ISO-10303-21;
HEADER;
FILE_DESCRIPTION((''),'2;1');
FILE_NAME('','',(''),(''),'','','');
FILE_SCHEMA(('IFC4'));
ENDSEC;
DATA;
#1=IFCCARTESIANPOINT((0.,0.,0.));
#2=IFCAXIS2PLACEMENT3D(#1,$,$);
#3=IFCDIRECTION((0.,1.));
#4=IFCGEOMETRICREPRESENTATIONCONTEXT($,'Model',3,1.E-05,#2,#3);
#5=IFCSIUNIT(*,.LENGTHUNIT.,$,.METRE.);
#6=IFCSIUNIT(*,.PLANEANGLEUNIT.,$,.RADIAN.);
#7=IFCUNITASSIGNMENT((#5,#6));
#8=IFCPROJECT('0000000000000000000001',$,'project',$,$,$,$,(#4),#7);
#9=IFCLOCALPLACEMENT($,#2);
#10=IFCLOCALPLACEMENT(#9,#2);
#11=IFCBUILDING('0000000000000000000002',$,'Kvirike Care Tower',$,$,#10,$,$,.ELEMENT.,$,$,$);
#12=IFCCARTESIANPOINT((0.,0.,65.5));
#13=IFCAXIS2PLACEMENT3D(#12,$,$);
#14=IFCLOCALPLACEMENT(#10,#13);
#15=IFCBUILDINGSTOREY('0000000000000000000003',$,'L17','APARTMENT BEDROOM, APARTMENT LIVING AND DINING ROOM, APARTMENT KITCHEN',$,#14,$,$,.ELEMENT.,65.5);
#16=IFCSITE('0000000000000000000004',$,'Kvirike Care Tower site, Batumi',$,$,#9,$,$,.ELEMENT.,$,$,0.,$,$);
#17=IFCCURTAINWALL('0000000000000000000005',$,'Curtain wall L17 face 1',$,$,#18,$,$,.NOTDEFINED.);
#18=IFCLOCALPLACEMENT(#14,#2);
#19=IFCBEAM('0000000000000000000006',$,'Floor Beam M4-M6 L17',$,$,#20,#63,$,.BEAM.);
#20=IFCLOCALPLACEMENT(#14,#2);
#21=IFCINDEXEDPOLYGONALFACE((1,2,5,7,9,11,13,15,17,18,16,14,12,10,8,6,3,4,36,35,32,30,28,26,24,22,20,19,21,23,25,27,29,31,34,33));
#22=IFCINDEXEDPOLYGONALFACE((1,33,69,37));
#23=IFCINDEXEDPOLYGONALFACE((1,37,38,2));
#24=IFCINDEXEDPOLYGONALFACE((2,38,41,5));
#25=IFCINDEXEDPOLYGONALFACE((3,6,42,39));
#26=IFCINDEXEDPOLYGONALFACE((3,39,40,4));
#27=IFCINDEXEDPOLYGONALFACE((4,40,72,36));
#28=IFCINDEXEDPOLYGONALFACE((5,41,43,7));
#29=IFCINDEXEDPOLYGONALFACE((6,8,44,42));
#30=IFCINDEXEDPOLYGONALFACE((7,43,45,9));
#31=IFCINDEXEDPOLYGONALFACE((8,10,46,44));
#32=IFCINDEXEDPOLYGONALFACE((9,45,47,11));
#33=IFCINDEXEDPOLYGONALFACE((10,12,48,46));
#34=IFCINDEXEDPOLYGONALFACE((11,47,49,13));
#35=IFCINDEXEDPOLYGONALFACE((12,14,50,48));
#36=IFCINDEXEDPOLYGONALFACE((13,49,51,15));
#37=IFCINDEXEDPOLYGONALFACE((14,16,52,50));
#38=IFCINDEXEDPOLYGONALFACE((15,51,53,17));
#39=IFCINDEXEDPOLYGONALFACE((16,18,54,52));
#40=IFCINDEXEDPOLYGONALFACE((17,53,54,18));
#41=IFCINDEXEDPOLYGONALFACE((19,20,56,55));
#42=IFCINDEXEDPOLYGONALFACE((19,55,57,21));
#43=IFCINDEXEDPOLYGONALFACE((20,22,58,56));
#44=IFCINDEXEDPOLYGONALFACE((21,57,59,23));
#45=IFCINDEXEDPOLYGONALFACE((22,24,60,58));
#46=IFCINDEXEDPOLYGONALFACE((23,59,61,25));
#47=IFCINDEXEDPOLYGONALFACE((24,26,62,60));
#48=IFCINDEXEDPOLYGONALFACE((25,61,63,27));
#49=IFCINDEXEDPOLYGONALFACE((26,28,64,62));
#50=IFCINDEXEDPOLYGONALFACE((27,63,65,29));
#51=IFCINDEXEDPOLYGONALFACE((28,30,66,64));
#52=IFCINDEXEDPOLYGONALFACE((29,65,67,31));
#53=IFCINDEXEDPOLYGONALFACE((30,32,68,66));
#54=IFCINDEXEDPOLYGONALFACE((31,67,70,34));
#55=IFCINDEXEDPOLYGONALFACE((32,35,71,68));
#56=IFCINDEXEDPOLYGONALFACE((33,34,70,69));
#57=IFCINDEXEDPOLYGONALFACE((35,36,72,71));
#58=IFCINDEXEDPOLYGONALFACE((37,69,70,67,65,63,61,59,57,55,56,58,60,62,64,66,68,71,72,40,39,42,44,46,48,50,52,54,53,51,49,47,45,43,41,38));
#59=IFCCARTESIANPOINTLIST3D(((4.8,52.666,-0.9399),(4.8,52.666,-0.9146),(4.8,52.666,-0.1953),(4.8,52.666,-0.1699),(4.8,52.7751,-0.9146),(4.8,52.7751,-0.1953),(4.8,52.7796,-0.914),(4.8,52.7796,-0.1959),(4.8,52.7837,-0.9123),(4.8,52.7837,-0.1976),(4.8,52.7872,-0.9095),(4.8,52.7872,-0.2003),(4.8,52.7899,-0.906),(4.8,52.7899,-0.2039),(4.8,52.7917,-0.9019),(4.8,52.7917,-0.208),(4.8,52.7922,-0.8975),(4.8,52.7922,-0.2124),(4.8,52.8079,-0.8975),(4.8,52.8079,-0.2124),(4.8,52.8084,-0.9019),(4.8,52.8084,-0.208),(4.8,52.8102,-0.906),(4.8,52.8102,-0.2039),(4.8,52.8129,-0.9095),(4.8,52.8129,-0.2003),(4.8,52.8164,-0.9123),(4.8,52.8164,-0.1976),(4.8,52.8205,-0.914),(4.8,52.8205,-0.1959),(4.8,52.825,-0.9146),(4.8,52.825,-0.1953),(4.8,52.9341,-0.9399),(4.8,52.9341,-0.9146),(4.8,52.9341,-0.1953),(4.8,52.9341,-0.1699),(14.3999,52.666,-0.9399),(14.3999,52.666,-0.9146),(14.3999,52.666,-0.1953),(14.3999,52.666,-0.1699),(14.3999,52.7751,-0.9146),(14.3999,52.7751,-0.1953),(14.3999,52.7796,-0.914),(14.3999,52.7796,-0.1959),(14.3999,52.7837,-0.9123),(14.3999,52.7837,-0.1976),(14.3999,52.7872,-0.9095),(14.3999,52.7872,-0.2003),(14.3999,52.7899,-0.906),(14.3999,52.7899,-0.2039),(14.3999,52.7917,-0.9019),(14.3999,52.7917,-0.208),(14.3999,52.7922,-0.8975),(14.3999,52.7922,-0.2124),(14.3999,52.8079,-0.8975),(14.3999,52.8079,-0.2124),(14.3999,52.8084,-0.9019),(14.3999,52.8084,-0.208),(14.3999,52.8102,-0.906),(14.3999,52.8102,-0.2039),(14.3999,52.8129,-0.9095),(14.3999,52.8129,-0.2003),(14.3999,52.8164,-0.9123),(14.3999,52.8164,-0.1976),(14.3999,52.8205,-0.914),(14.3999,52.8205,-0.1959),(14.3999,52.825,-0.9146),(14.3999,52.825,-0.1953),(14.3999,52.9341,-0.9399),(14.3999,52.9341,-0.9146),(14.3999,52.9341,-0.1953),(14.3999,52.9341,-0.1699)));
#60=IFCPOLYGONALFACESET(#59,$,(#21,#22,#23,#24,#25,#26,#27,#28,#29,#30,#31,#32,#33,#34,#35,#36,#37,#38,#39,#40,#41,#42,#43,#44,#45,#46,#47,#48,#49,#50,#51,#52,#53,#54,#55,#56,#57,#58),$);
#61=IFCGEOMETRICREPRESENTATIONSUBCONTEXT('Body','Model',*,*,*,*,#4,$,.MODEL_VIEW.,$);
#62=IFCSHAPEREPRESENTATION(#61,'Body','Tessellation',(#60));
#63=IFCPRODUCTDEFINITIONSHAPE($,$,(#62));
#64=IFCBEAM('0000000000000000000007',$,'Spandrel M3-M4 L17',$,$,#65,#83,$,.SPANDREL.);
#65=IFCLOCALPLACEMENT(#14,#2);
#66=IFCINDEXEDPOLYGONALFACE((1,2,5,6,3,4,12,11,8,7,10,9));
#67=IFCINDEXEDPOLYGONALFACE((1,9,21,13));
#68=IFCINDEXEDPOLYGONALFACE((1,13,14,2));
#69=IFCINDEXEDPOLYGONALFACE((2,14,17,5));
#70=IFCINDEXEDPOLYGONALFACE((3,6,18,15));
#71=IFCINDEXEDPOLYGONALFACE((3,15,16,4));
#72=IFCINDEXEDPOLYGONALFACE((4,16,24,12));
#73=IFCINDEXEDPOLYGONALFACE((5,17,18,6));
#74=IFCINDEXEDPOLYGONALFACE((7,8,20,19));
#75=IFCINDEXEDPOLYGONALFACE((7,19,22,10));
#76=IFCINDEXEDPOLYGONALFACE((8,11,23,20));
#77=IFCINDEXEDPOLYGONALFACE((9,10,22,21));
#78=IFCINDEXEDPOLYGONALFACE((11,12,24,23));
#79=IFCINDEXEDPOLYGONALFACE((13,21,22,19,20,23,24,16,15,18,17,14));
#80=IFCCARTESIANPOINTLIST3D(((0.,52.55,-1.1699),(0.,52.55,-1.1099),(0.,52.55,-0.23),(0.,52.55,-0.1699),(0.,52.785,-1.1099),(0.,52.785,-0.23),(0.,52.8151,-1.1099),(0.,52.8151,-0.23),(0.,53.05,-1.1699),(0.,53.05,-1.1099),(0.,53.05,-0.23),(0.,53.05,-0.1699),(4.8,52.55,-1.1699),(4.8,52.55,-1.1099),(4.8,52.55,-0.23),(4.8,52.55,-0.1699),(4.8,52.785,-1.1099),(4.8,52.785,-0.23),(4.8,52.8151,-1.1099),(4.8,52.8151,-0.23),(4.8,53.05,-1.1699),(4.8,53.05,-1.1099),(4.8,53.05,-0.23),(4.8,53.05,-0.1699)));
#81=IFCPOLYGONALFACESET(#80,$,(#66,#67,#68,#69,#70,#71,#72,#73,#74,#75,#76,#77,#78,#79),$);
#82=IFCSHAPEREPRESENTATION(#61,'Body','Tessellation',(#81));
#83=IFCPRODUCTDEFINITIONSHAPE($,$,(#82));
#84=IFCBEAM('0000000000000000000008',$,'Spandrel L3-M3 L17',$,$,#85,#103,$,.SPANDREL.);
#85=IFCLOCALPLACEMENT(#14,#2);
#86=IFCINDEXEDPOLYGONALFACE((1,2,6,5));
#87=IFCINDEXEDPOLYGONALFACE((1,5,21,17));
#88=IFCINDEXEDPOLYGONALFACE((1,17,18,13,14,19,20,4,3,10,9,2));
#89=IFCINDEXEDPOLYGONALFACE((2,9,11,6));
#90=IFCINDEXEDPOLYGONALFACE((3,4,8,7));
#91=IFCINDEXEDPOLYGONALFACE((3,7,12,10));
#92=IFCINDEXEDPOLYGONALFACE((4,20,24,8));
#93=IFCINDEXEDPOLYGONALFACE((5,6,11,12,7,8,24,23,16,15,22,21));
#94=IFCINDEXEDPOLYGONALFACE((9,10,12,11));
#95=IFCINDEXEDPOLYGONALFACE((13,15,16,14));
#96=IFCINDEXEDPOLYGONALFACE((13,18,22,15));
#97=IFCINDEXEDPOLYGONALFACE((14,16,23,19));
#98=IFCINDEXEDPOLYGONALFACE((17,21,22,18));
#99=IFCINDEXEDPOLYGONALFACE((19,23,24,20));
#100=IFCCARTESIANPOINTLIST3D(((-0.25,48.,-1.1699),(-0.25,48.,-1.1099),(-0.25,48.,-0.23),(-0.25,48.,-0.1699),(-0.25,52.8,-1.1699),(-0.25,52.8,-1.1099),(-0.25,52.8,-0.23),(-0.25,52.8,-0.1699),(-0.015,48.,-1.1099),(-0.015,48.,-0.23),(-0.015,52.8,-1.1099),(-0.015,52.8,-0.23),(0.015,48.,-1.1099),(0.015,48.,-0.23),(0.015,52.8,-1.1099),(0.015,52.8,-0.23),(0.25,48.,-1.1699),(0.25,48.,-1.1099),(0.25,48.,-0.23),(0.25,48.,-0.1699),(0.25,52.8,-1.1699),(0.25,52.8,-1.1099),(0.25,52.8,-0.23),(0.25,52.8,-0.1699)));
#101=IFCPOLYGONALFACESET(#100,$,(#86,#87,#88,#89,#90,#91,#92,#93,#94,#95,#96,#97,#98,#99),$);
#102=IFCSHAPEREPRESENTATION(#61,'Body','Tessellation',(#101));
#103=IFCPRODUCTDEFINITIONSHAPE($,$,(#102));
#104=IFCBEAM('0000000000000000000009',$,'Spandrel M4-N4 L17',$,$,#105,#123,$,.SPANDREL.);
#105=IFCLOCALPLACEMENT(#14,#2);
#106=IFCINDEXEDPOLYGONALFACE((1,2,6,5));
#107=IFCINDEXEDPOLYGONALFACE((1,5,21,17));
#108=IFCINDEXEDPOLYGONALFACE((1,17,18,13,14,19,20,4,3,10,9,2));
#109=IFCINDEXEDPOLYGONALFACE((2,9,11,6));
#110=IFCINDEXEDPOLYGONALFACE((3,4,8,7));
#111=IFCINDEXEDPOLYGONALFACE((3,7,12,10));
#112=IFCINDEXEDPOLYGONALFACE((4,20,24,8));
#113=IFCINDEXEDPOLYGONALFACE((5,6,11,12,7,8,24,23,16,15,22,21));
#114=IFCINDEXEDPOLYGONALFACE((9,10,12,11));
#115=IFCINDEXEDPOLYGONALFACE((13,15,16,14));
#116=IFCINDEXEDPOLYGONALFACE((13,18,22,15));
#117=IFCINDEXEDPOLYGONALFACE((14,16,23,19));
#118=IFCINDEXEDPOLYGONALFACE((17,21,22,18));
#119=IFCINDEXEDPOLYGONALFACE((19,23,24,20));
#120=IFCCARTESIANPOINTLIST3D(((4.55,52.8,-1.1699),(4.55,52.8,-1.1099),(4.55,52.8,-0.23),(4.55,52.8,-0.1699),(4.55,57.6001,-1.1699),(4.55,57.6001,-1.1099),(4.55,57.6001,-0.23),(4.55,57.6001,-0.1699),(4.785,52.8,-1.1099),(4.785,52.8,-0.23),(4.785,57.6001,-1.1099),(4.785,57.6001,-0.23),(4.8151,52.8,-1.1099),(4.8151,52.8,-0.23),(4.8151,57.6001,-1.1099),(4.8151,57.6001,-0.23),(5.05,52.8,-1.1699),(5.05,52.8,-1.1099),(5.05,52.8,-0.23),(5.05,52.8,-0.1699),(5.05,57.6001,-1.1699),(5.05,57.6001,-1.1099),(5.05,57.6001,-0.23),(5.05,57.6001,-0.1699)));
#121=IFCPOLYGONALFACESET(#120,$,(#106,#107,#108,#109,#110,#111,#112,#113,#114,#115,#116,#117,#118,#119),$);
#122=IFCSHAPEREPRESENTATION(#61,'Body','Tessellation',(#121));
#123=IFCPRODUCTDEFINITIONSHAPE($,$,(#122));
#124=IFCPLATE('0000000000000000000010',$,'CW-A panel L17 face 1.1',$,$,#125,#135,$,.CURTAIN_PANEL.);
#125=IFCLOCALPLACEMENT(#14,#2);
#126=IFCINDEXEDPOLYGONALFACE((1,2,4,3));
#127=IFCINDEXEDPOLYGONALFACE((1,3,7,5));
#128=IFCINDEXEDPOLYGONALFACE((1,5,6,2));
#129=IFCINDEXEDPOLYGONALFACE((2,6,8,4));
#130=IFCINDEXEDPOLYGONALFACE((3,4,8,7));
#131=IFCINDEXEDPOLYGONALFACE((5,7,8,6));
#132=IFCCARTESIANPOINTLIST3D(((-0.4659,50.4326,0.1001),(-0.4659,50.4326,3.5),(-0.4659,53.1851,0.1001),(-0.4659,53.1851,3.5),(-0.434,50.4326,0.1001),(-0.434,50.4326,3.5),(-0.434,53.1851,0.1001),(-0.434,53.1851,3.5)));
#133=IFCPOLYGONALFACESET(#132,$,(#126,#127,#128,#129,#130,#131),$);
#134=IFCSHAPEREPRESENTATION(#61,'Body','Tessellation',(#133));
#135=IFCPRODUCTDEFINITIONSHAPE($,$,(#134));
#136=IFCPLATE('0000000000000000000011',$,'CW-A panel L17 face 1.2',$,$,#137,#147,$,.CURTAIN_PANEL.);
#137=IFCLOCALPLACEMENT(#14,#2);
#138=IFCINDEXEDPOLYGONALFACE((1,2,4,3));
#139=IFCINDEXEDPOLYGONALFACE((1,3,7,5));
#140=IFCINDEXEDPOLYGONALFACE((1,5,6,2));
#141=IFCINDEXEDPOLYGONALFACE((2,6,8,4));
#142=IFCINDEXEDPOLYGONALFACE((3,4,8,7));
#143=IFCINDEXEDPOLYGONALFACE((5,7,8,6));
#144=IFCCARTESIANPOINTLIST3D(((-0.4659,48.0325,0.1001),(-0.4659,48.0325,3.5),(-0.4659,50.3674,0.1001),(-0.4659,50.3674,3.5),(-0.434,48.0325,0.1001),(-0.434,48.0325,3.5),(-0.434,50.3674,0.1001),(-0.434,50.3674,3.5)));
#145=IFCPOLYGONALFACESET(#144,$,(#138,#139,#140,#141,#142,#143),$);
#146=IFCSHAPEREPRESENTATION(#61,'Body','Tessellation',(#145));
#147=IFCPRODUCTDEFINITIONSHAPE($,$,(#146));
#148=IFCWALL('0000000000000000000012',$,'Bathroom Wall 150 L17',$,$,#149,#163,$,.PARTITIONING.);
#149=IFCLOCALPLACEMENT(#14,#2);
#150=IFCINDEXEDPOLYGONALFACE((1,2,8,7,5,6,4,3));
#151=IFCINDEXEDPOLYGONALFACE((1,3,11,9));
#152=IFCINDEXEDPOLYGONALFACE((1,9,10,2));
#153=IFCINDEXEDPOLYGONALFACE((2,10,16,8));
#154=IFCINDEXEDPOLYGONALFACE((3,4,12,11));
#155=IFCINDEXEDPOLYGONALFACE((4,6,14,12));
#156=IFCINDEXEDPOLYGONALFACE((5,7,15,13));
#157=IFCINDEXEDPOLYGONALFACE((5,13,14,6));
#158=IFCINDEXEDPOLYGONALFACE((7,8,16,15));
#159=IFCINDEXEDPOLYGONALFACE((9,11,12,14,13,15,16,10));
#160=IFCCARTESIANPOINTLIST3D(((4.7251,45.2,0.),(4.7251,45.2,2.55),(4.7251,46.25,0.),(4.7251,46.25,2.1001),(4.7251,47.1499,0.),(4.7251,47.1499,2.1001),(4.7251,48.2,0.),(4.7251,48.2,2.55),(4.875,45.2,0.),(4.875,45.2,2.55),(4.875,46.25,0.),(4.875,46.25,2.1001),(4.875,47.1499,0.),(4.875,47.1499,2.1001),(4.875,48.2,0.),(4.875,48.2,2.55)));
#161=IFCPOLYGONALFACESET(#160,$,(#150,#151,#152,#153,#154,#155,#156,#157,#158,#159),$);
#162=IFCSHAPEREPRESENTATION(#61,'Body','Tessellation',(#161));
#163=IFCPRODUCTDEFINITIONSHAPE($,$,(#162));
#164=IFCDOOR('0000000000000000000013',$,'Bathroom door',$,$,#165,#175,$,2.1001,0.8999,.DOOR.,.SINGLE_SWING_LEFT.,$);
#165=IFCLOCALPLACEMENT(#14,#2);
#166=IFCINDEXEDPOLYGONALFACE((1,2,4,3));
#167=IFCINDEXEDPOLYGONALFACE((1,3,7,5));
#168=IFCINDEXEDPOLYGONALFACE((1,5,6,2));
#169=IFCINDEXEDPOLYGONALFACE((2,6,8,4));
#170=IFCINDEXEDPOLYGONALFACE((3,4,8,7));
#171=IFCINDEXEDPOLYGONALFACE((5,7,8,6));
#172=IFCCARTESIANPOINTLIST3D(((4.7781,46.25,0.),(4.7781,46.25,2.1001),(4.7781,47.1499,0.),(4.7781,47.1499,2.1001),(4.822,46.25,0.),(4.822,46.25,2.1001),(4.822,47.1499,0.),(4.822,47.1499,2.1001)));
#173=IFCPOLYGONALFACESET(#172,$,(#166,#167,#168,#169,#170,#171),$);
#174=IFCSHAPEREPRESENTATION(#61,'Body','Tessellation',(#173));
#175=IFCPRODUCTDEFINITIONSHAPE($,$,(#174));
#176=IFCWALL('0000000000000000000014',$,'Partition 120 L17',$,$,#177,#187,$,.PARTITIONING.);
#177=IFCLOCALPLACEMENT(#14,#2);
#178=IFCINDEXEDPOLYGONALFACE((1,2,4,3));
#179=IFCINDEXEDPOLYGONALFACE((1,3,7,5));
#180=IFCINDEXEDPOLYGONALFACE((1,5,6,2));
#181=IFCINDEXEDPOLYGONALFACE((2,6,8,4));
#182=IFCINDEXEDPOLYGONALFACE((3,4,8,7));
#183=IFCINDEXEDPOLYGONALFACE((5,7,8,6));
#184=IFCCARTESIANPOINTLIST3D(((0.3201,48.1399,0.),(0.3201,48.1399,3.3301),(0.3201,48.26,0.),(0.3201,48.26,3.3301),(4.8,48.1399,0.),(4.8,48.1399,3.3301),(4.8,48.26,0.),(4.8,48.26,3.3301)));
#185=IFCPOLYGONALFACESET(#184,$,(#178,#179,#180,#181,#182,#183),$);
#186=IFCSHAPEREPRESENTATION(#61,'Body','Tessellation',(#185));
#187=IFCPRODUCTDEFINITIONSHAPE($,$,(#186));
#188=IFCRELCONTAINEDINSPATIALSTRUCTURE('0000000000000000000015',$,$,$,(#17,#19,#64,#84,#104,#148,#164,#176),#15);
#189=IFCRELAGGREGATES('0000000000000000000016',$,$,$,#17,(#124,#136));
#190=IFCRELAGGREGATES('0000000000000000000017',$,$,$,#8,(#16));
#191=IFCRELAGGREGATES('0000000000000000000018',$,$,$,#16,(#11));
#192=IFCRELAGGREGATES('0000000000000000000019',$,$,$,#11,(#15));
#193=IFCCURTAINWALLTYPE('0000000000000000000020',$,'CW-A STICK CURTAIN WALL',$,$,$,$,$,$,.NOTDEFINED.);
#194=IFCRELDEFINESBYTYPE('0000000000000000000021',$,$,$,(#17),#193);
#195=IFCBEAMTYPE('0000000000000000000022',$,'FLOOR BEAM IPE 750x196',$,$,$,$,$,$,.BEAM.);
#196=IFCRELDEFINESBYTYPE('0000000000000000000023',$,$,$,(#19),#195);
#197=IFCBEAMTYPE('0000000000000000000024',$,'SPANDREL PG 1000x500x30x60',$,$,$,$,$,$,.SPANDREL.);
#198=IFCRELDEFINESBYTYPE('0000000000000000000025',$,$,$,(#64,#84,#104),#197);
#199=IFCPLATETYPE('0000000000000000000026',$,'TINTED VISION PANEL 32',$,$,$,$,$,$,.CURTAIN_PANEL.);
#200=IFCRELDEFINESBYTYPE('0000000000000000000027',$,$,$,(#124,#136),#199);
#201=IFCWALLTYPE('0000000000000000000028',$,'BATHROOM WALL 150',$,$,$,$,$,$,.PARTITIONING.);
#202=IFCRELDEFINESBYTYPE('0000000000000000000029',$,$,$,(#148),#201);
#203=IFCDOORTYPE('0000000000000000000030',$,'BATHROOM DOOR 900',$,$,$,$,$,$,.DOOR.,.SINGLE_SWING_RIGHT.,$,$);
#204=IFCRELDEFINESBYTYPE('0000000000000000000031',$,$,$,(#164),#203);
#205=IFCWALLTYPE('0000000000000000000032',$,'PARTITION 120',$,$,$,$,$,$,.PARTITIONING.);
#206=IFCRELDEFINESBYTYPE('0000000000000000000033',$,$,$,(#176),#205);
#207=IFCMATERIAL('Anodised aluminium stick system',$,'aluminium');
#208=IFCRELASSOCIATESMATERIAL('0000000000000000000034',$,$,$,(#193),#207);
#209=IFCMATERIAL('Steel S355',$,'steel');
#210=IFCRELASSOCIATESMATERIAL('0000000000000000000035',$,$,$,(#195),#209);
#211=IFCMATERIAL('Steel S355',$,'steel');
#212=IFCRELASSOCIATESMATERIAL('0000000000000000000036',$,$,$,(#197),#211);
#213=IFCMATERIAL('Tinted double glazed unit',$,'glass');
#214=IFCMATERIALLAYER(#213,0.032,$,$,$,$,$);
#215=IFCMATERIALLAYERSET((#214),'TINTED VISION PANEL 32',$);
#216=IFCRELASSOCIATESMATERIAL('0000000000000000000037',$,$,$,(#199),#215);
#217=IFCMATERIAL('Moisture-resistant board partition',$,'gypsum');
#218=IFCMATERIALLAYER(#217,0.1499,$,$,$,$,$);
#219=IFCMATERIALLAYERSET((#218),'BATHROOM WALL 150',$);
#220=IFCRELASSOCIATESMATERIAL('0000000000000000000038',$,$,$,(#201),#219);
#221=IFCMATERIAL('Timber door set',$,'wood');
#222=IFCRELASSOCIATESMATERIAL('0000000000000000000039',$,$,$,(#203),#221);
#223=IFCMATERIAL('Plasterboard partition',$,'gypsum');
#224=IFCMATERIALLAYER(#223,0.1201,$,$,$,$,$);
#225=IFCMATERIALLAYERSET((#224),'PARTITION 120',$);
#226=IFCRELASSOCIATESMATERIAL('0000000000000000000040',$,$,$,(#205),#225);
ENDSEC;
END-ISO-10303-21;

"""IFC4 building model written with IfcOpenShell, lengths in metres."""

from ifc_helpers import new_model, si_unit, direction, frame, frame_2d, origin, origin_2d, place, context, subcontext, project, spatial, rectangle, i_section, extrude, material, layer, layer_set, material_profile, profile_set, type_object, element, fill, aggregate, save


model = new_model("IFC4")

# Units and contexts
model_context = context("Model", 3, precision=1e-05, world=origin(), true_north=direction((0.0, 1.0)))
body_context = subcontext(model_context, "Body", "Model", "MODEL_VIEW")
ifc_project = project(units=[si_unit("LENGTHUNIT", "METRE"), si_unit("PLANEANGLEUNIT", "RADIAN")], contexts=[model_context])

# Site, building, storey
site_placement = place(None, origin())
site = spatial("IfcSite", under=ifc_project, at=site_placement, Name="Kvirike Care Tower site, Batumi", CompositionType="ELEMENT", RefElevation=0.0)
building_placement = place(site_placement, origin())
building = spatial("IfcBuilding", under=site, at=building_placement, Name="Kvirike Care Tower", CompositionType="ELEMENT")
storey_placement = place(building_placement, frame((0.0, 0.0, 65.5)))
storey = spatial("IfcBuildingStorey", under=building, at=storey_placement, Name="L17", Description="APARTMENT BEDROOM, APARTMENT LIVING AND DINING ROOM, APARTMENT KITCHEN", CompositionType="ELEMENT", Elevation=65.5)

# Curtain wall
ifc_material_1 = material(Name="Anodised aluminium stick system", Category="aluminium")
curtain_wall_type = type_object("IfcCurtainWallType", Name="CW-A STICK CURTAIN WALL", PredefinedType="NOTDEFINED", material=ifc_material_1)
curtain_wall_placement = place(storey_placement, origin())
curtain_wall = element("IfcCurtainWall", 1, at=curtain_wall_placement, inside=storey, type_object=curtain_wall_type, Name="Curtain wall L17 face 1", PredefinedType="NOTDEFINED")

# Beams
ifc_material_2 = material(Name="Steel S355", Category="steel")
ifc_material_profile_1 = material_profile(ifc_material_2, i_section(OverallWidth=0.2681, OverallDepth=0.77, WebThickness=0.0156, FlangeThickness=0.0254, FilletRadius=0.0171, at=origin_2d()), Name="IPE 750x196")
ifc_profile_set_1 = profile_set([ifc_material_profile_1], Name="Steel S355")
beam_type_1 = type_object("IfcBeamType", Name="FLOOR BEAM IPE 750x196", PredefinedType="BEAM", material=ifc_profile_set_1)
beam_1_placement = place(storey_placement, frame((4.8, 52.8, -0.5549), z_axis=(1.0, 0.0, 0.0), x_axis=(0.0, 1.0, 0.0)))
element("IfcBeam", 2, at=beam_1_placement, inside=storey, type_object=beam_type_1, Name="Floor Beam M4-M6 L17", PredefinedType="BEAM", context=body_context, shape_type="SweptSolid", body=[
    extrude(i_section(OverallWidth=0.2681, OverallDepth=0.77, WebThickness=0.0156, FlangeThickness=0.0254, FilletRadius=0.0171, at=origin_2d()), origin(), (0.0, 0.0, 1.0), 9.5999),
])
ifc_material_3 = material(Name="Steel S355", Category="steel")
ifc_material_profile_2 = material_profile(ifc_material_3, i_section(OverallWidth=0.5, OverallDepth=1.0, WebThickness=0.03, FlangeThickness=0.0601, at=origin_2d()), Name="PG 1000x500x30x60")
ifc_profile_set_2 = profile_set([ifc_material_profile_2], Name="Steel S355")
beam_type_2 = type_object("IfcBeamType", Name="SPANDREL PG 1000x500x30x60", PredefinedType="SPANDREL", material=ifc_profile_set_2)
for number, where, z_axis, x_axis, name in (
    (3, (0.0, 52.8, -0.6699), (1.0, 0.0, 0.0), (0.0, 1.0, 0.0), "Spandrel M3-M4 L17"),
    (4, (0.0, 48.0, -0.6699), (0.0, 1.0, 0.0), (-1.0, 0.0, 0.0), "Spandrel L3-M3 L17"),
    (5, (4.8, 52.8, -0.6699), (0.0, 1.0, 0.0), (-1.0, 0.0, 0.0), "Spandrel M4-N4 L17"),
):
    element("IfcBeam", number, at=place(storey_placement, frame(where, z_axis=z_axis, x_axis=x_axis)), inside=storey, type_object=beam_type_2, Name=name, PredefinedType="SPANDREL", context=body_context, shape_type="SweptSolid", body=[
        extrude(i_section(OverallWidth=0.5, OverallDepth=1.0, WebThickness=0.03, FlangeThickness=0.0601, at=origin_2d()), origin(), (0.0, 0.0, 1.0), 4.8),
    ])

# Plates
ifc_material_4 = material(Name="Tinted double glazed unit", Category="glass")
ifc_layer_1 = layer(ifc_material_4, 0.032)
ifc_layer_set_1 = layer_set([ifc_layer_1], Name="TINTED VISION PANEL 32")
plate_type = type_object("IfcPlateType", Name="TINTED VISION PANEL 32", PredefinedType="CURTAIN_PANEL", material=ifc_layer_set_1)
plate_1_placement = place(storey_placement, frame((-0.45, 51.8088, 0.1001), z_axis=(0.0, 0.0, 1.0), x_axis=(0.0, -1.0, 0.0)))
plate_1 = element("IfcPlate", 6, at=plate_1_placement, type_object=plate_type, Name="CW-A panel L17 face 1.1", PredefinedType="CURTAIN_PANEL", context=body_context, shape_type="SweptSolid", body=[
    extrude(rectangle(XDim=2.7524, YDim=0.032, at=origin_2d()), origin(), (0.0, 0.0, 1.0), 3.3999),
])
plate_2_placement = place(storey_placement, frame((-0.45, 49.2, 0.1001), z_axis=(0.0, 0.0, 1.0), x_axis=(0.0, -1.0, 0.0)))
plate_2 = element("IfcPlate", 7, at=plate_2_placement, type_object=plate_type, Name="CW-A panel L17 face 1.2", PredefinedType="CURTAIN_PANEL", context=body_context, shape_type="SweptSolid", body=[
    extrude(rectangle(XDim=2.335, YDim=0.032, at=origin_2d()), origin(), (0.0, 0.0, 1.0), 3.3999),
])
aggregate(curtain_wall, [plate_1, plate_2])

# Wall, opening, door
ifc_material_5 = material(Name="Moisture-resistant board partition", Category="gypsum")
ifc_layer_2 = layer(ifc_material_5, 0.1499)
ifc_layer_set_2 = layer_set([ifc_layer_2], Name="BATHROOM WALL 150")
wall_type_1 = type_object("IfcWallType", Name="BATHROOM WALL 150", PredefinedType="PARTITIONING", material=ifc_layer_set_2)
wall_1_placement = place(storey_placement, frame((4.8, 48.2, 0.0), z_axis=(0.0, 0.0, 1.0), x_axis=(0.0, -1.0, 0.0)))
wall_1 = element("IfcWall", 8, at=wall_1_placement, inside=storey, type_object=wall_type_1, Name="Bathroom Wall 150 L17", PredefinedType="PARTITIONING", context=body_context, shape_type="SweptSolid", body=[
    extrude(rectangle(XDim=3.0, YDim=0.1499, at=frame_2d((1.5, 0.0))), origin(), (0.0, 0.0, 1.0), 2.55),
])
opening_placement = place(wall_1_placement, frame((1.05, 0.0, 0.0)))
opening = element("IfcOpeningElement", 9, at=opening_placement, cuts=wall_1, PredefinedType="OPENING", context=body_context, shape_type="SweptSolid", body=[
    extrude(rectangle(XDim=0.8999, YDim=2.1001, at=frame_2d((0.45, 1.05))), frame((0.0, 0.0854, 0.0), z_axis=(0.0, -1.0, 0.0), x_axis=(1.0, 0.0, 0.0)), (0.0, 0.0, 1.0), 0.1709),
])
ifc_material_6 = material(Name="Timber door set", Category="wood")
door_type = type_object("IfcDoorType", Name="BATHROOM DOOR 900", OperationType="SINGLE_SWING_RIGHT", PredefinedType="DOOR", material=ifc_material_6)
door_placement = place(opening_placement, frame((0.8999, 0.0, 0.0), z_axis=(0.0, 0.0, 1.0), x_axis=(-1.0, 0.0, 0.0)))
door = element("IfcDoor", 10, at=door_placement, inside=storey, type_object=door_type, Name="Bathroom door", OperationType="SINGLE_SWING_LEFT", OverallHeight=2.1001, OverallWidth=0.8999, PredefinedType="DOOR", context=body_context, shape_type="SweptSolid", body=[
    extrude(rectangle(XDim=0.8999, YDim=2.1001, at=frame_2d((0.45, 1.05))), frame((0.0, 0.022, 0.0), z_axis=(0.0, -1.0, 0.0), x_axis=(1.0, 0.0, 0.0)), (0.0, 0.0, 1.0), 0.0439),
])
fill(opening, door)

# Wall
ifc_material_7 = material(Name="Plasterboard partition", Category="gypsum")
ifc_layer_3 = layer(ifc_material_7, 0.1201)
ifc_layer_set_3 = layer_set([ifc_layer_3], Name="PARTITION 120")
wall_type_2 = type_object("IfcWallType", Name="PARTITION 120", PredefinedType="PARTITIONING", material=ifc_layer_set_3)
wall_2_placement = place(storey_placement, frame((4.8, 48.2, 0.0), z_axis=(0.0, 0.0, 1.0), x_axis=(-1.0, 0.0, 0.0)))
element("IfcWall", 11, at=wall_2_placement, inside=storey, type_object=wall_type_2, Name="Partition 120 L17", PredefinedType="PARTITIONING", context=body_context, shape_type="SweptSolid", body=[
    extrude(rectangle(XDim=4.48, YDim=0.1201, at=frame_2d((2.24, 0.0))), origin(), (0.0, 0.0, 1.0), 3.3301),
])

save(model, "model.ifc")
